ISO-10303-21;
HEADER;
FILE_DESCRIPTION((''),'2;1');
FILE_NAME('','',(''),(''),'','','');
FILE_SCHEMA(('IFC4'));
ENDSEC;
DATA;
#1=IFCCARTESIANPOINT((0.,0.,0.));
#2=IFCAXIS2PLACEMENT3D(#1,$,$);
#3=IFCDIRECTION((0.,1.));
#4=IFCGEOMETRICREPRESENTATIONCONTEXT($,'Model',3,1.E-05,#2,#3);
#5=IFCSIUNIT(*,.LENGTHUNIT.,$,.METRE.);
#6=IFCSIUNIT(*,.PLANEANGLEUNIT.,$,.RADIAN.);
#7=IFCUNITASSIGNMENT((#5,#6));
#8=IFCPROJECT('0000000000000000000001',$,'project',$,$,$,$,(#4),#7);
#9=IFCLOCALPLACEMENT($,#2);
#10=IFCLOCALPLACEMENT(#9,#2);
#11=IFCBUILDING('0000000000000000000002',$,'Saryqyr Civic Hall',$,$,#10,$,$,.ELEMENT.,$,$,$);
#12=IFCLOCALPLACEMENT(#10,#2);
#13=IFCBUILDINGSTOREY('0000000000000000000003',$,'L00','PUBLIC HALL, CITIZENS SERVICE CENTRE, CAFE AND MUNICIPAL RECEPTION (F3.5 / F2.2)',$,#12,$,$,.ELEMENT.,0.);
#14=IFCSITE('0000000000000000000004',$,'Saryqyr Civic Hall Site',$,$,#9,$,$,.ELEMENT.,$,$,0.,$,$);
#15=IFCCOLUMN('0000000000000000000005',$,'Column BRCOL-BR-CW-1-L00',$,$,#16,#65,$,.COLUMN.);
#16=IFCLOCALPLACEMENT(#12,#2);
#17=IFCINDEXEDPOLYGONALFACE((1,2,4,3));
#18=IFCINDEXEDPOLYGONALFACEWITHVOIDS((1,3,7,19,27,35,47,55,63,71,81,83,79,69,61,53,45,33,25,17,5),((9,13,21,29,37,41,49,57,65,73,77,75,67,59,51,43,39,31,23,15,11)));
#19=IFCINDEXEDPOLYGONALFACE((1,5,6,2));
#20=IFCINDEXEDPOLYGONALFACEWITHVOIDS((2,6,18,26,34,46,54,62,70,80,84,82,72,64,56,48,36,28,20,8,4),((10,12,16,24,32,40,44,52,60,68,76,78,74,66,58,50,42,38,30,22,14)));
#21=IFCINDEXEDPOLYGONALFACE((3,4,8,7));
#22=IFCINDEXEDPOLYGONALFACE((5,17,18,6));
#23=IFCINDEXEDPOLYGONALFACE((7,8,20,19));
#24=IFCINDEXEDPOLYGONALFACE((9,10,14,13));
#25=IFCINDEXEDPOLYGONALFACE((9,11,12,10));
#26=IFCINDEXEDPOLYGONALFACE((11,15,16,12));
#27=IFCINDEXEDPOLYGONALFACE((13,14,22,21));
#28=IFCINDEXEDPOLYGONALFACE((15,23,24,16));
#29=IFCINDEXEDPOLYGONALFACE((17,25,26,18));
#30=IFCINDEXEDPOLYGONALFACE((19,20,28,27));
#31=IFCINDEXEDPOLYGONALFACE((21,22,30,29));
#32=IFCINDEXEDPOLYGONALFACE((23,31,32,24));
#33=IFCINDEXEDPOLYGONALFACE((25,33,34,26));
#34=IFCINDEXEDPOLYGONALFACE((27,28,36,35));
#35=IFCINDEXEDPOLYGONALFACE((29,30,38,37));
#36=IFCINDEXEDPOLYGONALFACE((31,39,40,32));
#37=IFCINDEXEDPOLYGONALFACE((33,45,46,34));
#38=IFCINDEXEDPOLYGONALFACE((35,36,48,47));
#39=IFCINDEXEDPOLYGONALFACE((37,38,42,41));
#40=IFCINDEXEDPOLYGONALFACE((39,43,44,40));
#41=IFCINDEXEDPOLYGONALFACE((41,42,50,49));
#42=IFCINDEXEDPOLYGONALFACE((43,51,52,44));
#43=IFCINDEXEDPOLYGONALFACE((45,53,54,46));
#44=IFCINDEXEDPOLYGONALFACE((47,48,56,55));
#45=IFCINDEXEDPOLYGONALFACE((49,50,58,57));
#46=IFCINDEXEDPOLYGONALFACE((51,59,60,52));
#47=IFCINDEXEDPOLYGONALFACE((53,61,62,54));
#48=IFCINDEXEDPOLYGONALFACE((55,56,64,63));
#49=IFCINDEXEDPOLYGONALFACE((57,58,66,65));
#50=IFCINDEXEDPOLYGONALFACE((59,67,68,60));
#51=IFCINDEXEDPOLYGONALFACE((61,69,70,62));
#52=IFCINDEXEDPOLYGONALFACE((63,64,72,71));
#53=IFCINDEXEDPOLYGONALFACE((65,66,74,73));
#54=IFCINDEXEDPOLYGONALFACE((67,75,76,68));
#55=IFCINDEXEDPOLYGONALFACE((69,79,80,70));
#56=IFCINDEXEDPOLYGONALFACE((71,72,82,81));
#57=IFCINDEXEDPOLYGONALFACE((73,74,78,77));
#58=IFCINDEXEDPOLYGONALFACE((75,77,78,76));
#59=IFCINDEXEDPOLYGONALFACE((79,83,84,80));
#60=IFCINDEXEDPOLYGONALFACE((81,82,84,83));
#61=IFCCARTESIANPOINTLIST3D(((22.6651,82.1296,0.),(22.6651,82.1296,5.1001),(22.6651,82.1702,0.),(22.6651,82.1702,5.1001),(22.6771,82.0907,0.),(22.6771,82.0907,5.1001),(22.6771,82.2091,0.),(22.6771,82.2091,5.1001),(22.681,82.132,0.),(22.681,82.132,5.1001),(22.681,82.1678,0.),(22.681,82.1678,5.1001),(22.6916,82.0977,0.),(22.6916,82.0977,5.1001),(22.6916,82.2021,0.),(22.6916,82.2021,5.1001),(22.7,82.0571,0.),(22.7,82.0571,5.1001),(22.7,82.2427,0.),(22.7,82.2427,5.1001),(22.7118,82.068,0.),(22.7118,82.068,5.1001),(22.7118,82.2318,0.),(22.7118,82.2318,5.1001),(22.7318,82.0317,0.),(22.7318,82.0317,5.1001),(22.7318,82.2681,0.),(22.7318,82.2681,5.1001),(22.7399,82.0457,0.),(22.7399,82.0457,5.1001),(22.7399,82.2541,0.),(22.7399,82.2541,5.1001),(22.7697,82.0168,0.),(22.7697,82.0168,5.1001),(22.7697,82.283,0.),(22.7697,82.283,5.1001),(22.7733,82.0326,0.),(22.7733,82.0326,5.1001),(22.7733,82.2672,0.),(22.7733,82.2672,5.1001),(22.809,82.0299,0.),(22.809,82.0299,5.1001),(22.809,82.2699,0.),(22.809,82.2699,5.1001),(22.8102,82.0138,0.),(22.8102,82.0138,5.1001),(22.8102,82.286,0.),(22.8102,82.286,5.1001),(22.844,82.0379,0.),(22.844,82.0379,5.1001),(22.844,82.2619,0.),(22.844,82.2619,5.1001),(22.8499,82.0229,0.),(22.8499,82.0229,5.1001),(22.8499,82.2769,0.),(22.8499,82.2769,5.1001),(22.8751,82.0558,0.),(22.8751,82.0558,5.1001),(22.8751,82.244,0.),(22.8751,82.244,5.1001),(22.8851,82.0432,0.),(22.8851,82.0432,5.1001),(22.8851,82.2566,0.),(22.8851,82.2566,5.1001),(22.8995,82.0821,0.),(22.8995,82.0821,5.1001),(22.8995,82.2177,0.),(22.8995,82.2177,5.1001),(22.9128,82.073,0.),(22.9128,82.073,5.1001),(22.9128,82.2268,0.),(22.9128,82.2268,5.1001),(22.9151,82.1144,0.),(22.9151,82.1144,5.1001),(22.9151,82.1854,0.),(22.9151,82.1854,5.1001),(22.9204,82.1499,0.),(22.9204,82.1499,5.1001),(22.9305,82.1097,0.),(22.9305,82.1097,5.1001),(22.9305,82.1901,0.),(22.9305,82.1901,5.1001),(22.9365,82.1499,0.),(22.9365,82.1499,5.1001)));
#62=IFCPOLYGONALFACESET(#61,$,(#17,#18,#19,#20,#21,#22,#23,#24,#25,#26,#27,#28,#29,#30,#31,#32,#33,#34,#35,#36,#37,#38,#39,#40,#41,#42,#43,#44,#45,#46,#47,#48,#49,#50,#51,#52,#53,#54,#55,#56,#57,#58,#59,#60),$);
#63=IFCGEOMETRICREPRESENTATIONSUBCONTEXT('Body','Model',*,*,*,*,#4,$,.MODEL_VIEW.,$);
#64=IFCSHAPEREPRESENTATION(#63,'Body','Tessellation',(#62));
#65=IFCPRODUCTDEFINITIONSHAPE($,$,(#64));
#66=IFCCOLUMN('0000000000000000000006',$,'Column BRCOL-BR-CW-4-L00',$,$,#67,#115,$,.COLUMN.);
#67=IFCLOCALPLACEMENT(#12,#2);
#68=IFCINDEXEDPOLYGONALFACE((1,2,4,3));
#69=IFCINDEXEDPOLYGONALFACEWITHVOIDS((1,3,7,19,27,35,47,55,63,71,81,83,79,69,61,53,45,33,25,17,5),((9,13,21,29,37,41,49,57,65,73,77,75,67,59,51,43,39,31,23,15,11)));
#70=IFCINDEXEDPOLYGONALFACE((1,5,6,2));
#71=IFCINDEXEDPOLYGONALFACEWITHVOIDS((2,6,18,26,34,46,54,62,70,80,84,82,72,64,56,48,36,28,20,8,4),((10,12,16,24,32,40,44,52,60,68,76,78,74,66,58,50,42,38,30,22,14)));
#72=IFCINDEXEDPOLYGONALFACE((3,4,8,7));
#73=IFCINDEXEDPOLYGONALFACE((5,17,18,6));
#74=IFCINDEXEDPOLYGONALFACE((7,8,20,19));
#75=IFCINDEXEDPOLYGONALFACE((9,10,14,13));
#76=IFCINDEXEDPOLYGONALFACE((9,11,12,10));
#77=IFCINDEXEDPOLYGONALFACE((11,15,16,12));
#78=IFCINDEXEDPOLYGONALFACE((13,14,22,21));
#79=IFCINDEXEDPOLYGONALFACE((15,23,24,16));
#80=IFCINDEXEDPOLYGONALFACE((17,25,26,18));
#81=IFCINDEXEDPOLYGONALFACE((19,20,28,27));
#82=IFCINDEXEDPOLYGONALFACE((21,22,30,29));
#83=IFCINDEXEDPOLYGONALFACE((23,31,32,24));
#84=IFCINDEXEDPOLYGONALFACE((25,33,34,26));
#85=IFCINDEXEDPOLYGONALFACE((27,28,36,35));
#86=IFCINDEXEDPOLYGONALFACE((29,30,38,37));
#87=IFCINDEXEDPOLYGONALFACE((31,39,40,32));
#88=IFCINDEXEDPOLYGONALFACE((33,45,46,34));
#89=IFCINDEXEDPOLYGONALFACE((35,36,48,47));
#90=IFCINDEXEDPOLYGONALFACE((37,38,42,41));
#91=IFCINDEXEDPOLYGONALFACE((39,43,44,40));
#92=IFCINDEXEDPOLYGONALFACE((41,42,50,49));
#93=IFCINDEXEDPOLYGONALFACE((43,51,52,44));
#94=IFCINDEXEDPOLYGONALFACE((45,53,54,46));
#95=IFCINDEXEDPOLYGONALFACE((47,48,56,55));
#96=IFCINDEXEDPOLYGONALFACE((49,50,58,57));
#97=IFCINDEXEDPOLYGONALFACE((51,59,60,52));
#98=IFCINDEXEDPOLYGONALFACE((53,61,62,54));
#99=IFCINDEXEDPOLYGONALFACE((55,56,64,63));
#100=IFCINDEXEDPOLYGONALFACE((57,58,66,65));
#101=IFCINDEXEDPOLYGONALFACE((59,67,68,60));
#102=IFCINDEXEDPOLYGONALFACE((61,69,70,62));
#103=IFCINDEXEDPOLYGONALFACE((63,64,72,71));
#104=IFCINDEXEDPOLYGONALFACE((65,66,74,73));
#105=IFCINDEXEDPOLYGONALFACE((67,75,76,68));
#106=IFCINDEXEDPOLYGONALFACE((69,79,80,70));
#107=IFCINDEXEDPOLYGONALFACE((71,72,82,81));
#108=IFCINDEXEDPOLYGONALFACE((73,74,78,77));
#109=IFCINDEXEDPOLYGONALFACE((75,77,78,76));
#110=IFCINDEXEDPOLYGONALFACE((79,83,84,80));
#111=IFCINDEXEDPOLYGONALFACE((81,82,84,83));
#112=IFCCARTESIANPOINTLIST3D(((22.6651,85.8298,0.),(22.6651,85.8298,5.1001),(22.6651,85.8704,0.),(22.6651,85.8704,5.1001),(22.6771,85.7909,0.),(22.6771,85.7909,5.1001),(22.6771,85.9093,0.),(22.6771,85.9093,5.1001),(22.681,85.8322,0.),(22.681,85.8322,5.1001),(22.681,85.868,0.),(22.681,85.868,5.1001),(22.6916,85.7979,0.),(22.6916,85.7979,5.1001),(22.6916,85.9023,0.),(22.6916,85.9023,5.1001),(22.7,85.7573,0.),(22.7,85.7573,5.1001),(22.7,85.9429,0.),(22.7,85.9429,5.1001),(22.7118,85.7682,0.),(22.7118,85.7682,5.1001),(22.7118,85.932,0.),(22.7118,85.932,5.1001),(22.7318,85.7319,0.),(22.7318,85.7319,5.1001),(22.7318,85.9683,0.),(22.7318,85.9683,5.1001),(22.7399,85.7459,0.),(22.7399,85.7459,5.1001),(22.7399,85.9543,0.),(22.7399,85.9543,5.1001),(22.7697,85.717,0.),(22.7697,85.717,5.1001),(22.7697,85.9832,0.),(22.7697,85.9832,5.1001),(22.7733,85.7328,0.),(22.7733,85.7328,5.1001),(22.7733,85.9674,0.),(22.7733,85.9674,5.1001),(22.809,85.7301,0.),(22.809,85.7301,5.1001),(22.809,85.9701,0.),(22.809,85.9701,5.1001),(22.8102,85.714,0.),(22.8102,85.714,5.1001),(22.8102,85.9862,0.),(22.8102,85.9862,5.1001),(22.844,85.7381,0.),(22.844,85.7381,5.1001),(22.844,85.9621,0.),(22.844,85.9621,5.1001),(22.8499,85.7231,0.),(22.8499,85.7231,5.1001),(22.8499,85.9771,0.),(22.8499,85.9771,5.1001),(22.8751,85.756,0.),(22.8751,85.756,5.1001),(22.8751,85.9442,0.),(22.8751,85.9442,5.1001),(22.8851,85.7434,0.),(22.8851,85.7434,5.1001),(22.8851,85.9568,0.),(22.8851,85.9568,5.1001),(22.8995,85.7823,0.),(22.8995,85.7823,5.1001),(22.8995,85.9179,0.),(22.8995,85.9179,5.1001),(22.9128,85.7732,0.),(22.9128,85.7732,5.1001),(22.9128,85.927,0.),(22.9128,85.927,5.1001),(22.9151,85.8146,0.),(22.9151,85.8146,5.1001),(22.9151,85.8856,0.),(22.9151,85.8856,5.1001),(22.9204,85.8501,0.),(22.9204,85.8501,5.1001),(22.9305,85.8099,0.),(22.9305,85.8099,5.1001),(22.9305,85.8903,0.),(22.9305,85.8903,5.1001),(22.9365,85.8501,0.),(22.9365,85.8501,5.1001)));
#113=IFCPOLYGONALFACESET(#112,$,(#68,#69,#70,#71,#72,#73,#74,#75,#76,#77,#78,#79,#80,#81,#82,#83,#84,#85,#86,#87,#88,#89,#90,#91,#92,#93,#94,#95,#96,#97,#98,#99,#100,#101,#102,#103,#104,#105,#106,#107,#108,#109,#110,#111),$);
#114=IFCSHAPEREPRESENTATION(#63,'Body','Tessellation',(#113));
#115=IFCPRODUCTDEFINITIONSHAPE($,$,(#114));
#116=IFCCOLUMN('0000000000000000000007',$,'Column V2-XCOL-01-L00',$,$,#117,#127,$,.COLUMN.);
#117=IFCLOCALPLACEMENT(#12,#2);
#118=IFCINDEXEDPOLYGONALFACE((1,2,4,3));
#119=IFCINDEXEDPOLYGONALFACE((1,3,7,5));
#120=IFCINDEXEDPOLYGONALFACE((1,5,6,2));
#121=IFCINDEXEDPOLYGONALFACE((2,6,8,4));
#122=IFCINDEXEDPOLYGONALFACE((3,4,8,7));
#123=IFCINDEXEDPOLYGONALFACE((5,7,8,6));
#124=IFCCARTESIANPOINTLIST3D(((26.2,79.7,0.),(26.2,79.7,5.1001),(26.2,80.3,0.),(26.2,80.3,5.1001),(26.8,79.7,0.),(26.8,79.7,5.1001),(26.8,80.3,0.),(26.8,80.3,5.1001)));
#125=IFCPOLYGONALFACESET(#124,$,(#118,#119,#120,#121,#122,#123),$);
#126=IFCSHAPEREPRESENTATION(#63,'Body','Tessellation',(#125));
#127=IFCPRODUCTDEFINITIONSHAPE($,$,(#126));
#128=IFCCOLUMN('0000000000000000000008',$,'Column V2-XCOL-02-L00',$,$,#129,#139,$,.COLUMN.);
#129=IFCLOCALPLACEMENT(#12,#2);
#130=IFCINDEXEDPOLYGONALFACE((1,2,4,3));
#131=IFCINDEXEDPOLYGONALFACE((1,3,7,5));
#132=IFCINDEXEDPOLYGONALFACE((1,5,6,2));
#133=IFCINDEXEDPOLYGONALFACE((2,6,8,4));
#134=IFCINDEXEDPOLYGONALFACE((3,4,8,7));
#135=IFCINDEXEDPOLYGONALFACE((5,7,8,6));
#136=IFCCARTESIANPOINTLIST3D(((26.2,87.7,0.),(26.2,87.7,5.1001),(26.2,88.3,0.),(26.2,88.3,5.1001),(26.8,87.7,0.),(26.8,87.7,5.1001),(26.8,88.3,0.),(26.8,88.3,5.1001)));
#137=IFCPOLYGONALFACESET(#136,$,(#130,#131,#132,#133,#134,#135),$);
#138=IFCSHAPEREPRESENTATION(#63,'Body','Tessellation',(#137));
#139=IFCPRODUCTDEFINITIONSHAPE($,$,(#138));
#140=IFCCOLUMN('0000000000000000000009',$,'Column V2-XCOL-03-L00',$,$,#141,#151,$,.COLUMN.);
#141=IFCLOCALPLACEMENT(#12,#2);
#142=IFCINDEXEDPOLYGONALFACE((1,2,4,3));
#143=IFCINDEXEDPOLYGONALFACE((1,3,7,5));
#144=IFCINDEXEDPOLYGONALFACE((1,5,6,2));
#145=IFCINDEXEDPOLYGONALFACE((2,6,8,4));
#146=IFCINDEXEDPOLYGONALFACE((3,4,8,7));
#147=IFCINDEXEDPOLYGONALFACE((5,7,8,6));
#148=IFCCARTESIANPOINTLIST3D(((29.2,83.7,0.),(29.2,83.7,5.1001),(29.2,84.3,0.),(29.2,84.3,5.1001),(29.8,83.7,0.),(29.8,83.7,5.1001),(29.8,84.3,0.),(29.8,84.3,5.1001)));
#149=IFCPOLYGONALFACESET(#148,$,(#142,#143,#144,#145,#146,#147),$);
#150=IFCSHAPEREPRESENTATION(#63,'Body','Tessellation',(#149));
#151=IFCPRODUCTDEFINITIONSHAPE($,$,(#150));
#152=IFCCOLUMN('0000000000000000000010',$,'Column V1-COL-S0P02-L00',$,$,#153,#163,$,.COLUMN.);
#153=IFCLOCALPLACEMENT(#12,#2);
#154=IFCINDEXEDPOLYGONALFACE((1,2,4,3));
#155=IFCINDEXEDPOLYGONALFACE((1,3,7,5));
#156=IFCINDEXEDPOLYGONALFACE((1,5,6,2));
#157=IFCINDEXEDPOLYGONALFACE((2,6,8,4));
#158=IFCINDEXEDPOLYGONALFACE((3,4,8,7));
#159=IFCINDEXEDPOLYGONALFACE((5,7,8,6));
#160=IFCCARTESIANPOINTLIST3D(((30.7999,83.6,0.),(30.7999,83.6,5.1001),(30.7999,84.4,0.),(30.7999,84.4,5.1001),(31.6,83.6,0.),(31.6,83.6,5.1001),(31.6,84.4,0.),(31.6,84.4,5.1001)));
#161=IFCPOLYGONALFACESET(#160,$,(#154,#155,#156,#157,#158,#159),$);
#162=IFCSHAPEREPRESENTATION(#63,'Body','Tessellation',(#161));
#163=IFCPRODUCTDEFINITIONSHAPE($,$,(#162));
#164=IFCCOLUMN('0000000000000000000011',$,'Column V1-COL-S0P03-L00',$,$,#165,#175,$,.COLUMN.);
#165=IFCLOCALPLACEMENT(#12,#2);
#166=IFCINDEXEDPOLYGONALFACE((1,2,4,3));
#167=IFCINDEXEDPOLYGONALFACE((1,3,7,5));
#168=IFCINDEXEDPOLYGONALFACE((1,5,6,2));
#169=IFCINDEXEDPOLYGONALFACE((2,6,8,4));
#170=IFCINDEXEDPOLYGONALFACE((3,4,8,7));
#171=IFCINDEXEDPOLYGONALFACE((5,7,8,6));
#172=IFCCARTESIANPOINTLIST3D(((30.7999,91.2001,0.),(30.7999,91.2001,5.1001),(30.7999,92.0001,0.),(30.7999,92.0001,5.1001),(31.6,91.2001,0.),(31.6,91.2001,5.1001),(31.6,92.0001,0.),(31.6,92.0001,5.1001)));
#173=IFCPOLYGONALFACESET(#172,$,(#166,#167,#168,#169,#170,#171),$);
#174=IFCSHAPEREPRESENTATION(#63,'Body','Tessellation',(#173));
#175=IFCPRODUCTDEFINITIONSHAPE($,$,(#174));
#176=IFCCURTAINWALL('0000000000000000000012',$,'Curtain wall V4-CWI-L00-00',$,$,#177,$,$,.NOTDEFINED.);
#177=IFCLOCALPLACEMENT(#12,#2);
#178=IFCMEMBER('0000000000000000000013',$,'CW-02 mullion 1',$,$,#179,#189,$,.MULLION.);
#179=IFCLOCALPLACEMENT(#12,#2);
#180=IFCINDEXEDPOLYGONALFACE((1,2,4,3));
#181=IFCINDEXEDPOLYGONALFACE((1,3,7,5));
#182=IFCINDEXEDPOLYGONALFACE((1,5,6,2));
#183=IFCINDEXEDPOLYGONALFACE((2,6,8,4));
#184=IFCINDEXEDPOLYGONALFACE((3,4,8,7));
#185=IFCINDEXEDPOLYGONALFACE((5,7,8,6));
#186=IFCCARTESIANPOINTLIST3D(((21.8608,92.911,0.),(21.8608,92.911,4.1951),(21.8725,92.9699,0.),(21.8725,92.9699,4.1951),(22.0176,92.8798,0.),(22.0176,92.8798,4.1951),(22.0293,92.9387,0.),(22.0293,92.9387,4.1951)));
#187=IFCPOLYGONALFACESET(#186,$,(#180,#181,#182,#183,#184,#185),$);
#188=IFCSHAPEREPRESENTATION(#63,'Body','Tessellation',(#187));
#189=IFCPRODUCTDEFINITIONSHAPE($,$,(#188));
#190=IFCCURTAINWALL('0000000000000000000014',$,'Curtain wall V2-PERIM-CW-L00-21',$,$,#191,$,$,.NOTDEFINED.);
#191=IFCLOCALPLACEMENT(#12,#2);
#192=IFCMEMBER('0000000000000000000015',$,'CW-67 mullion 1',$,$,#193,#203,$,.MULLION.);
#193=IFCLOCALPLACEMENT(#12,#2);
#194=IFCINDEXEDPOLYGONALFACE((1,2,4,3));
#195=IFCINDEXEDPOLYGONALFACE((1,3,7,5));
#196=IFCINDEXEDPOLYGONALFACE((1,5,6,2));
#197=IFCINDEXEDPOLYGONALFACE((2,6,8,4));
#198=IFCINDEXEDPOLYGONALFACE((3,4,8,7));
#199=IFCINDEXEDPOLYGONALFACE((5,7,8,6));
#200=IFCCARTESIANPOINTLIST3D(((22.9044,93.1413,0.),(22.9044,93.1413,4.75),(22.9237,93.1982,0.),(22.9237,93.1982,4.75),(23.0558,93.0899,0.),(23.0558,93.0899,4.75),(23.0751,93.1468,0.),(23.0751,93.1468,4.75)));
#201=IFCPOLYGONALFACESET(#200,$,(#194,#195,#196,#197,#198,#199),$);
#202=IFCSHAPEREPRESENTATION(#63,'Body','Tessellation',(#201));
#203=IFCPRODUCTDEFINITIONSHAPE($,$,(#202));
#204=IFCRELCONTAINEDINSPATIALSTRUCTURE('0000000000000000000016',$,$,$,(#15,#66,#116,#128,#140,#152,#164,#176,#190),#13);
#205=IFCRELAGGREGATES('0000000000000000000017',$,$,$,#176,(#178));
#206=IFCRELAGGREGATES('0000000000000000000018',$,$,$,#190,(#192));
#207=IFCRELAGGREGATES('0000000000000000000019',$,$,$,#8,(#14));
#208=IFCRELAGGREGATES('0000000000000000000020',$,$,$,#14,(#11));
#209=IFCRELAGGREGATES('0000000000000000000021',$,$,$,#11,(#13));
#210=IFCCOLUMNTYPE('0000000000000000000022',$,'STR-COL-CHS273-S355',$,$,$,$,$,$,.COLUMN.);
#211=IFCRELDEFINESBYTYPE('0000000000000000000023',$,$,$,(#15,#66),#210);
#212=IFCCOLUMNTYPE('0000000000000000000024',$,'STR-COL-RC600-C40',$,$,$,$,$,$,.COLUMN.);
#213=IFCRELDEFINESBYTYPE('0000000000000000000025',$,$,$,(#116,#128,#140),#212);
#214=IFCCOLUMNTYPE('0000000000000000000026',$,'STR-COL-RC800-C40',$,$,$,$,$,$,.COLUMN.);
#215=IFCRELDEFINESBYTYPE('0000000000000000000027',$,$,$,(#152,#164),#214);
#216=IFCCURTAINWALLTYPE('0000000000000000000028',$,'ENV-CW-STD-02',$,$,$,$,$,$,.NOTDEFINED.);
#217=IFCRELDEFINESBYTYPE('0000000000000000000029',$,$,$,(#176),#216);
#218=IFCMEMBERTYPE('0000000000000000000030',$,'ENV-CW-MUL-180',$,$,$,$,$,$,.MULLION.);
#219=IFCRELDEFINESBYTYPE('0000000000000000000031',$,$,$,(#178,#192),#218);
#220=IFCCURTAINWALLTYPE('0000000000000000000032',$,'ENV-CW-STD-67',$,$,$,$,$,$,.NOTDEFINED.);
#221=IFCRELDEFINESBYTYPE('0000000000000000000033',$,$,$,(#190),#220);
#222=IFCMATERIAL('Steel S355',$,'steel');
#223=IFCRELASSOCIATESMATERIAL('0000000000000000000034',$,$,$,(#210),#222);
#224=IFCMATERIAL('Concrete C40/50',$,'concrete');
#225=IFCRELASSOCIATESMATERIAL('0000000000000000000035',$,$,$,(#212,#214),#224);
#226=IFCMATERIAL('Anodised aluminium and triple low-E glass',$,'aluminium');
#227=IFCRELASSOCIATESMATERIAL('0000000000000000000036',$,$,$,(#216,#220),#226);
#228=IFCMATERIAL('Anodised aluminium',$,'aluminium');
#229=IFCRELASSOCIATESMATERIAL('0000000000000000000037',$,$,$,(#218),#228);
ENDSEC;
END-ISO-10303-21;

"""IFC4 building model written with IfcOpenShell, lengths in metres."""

from ifc_helpers import new_model, si_unit, direction, frame, origin, origin_2d, place, context, subcontext, project, spatial, rectangle, hollow_circle, extrude, material, material_profile, profile_set, type_object, element, aggregate, save


model = new_model("IFC4")

# Units and contexts
model_context = context("Model", 3, precision=1e-05, world=origin(), true_north=direction((0.0, 1.0)))
body_context = subcontext(model_context, "Body", "Model", "MODEL_VIEW")
ifc_project = project(units=[si_unit("LENGTHUNIT", "METRE"), si_unit("PLANEANGLEUNIT", "RADIAN")], contexts=[model_context])

# Site, building, storey
site_placement = place(None, origin())
site = spatial("IfcSite", under=ifc_project, at=site_placement, Name="Saryqyr Civic Hall Site", CompositionType="ELEMENT", RefElevation=0.0)
building_placement = place(site_placement, origin())
building = spatial("IfcBuilding", under=site, at=building_placement, Name="Saryqyr Civic Hall", CompositionType="ELEMENT")
storey_placement = place(building_placement, origin())
storey = spatial("IfcBuildingStorey", under=building, at=storey_placement, Name="L00", Description="PUBLIC HALL, CITIZENS SERVICE CENTRE, CAFE AND MUNICIPAL RECEPTION (F3.5 / F2.2)", CompositionType="ELEMENT", Elevation=0.0)

# Columns
ifc_material_1 = material(Name="Steel S355", Category="steel")
ifc_material_profile_1 = material_profile(ifc_material_1, hollow_circle(Radius=0.1365, WallThickness=0.0161, at=origin_2d()), Name="CHS 273x16")
ifc_profile_set_1 = profile_set([ifc_material_profile_1], Name="Steel S355")
column_type_1 = type_object("IfcColumnType", Name="STR-COL-CHS273-S355", PredefinedType="COLUMN", material=ifc_profile_set_1)
for number, where, z_axis, x_axis, name in (
    (1, (22.8, 82.1499, 0.0), (0.0, 0.0, 1.0), (1.0, 0.0, 0.0), "Column BRCOL-BR-CW-1-L00"),
    (2, (22.8, 85.8501, 0.0), (0.0, 0.0, 1.0), (1.0, 0.0, 0.0), "Column BRCOL-BR-CW-4-L00"),
):
    element("IfcColumn", number, at=place(storey_placement, frame(where, z_axis=z_axis, x_axis=x_axis)), inside=storey, type_object=column_type_1, Name=name, PredefinedType="COLUMN", context=body_context, shape_type="SweptSolid", body=[
        extrude(hollow_circle(Radius=0.1365, WallThickness=0.0161, at=origin_2d()), origin(), (0.0, 0.0, 1.0), 5.1001),
    ])
ifc_material_2 = material(Name="Concrete C40/50", Category="concrete")
ifc_material_profile_2 = material_profile(ifc_material_2, rectangle(XDim=0.6001, YDim=0.6001, at=origin_2d()), Name="RC 600x600")
ifc_profile_set_2 = profile_set([ifc_material_profile_2], Name="Concrete C40/50")
column_type_2 = type_object("IfcColumnType", Name="STR-COL-RC600-C40", PredefinedType="COLUMN", material=ifc_profile_set_2)
for number, where, z_axis, x_axis, name in (
    (3, (26.5, 80.0, 0.0), (0.0, 0.0, 1.0), (1.0, 0.0, 0.0), "Column V2-XCOL-01-L00"),
    (4, (26.5, 88.0, 0.0), (0.0, 0.0, 1.0), (1.0, 0.0, 0.0), "Column V2-XCOL-02-L00"),
    (5, (29.5, 84.0, 0.0), (0.0, 0.0, 1.0), (1.0, 0.0, 0.0), "Column V2-XCOL-03-L00"),
):
    element("IfcColumn", number, at=place(storey_placement, frame(where, z_axis=z_axis, x_axis=x_axis)), inside=storey, type_object=column_type_2, Name=name, PredefinedType="COLUMN", context=body_context, shape_type="SweptSolid", body=[
        extrude(rectangle(XDim=0.6001, YDim=0.6001, at=origin_2d()), origin(), (0.0, 0.0, 1.0), 5.1001),
    ])
ifc_material_profile_3 = material_profile(ifc_material_2, rectangle(XDim=0.8, YDim=0.8, at=origin_2d()), Name="RC 800x800")
ifc_profile_set_3 = profile_set([ifc_material_profile_3], Name="Concrete C40/50")
column_type_3 = type_object("IfcColumnType", Name="STR-COL-RC800-C40", PredefinedType="COLUMN", material=ifc_profile_set_3)
for number, where, z_axis, x_axis, name in (
    (6, (31.2, 84.0, 0.0), (0.0, 0.0, 1.0), (1.0, 0.0, 0.0), "Column V1-COL-S0P02-L00"),
    (7, (31.2, 91.6001, 0.0), (0.0, 0.0, 1.0), (1.0, 0.0, 0.0), "Column V1-COL-S0P03-L00"),
):
    element("IfcColumn", number, at=place(storey_placement, frame(where, z_axis=z_axis, x_axis=x_axis)), inside=storey, type_object=column_type_3, Name=name, PredefinedType="COLUMN", context=body_context, shape_type="SweptSolid", body=[
        extrude(rectangle(XDim=0.8, YDim=0.8, at=origin_2d()), origin(), (0.0, 0.0, 1.0), 5.1001),
    ])

# Curtain wall, member
ifc_material_3 = material(Name="Anodised aluminium and triple low-E glass", Category="aluminium")
curtain_wall_type_1 = type_object("IfcCurtainWallType", Name="ENV-CW-STD-02", PredefinedType="NOTDEFINED", material=ifc_material_3)
curtain_wall_1_placement = place(storey_placement, origin())
curtain_wall_1 = element("IfcCurtainWall", 8, at=curtain_wall_1_placement, inside=storey, type_object=curtain_wall_type_1, Name="Curtain wall V4-CWI-L00-00", PredefinedType="NOTDEFINED")
ifc_material_4 = material(Name="Anodised aluminium", Category="aluminium")
ifc_material_profile_4 = material_profile(ifc_material_4, rectangle(XDim=0.0601, YDim=0.1599, at=origin_2d()), Name="ALU MULLION 60x160")
ifc_profile_set_4 = profile_set([ifc_material_profile_4], Name="Anodised aluminium")
member_type_1 = type_object("IfcMemberType", Name="ENV-CW-MUL-180", PredefinedType="MULLION", material=ifc_profile_set_4)
member_1_placement = place(storey_placement, frame((21.9451, 92.9248, 0.0), z_axis=(0.0, 0.0, 1.0), x_axis=(-0.195117, -0.98078, 0.0)))
member_1 = element("IfcMember", 9, at=member_1_placement, type_object=member_type_1, Name="CW-02 mullion 1", PredefinedType="MULLION", context=body_context, shape_type="SweptSolid", body=[
    extrude(rectangle(XDim=0.0601, YDim=0.1599, at=origin_2d()), origin(), (0.0, 0.0, 1.0), 4.1951),
])

# Curtain wall, member
curtain_wall_type_2 = type_object("IfcCurtainWallType", Name="ENV-CW-STD-67", PredefinedType="NOTDEFINED", material=ifc_material_3)
curtain_wall_2_placement = place(storey_placement, origin())
curtain_wall_2 = element("IfcCurtainWall", 10, at=curtain_wall_2_placement, inside=storey, type_object=curtain_wall_type_2, Name="Curtain wall V2-PERIM-CW-L00-21", PredefinedType="NOTDEFINED")
member_2_placement = place(storey_placement, frame((22.9897, 93.144, 0.0), z_axis=(0.0, 0.0, 1.0), x_axis=(0.321445, 0.946928, 0.0)))
member_2 = element("IfcMember", 11, at=member_2_placement, type_object=member_type_1, Name="CW-67 mullion 1", PredefinedType="MULLION", context=body_context, shape_type="SweptSolid", body=[
    extrude(rectangle(XDim=0.0601, YDim=0.1599, at=origin_2d()), origin(), (0.0, 0.0, 1.0), 4.75),
])

aggregate(curtain_wall_1, [member_1])
aggregate(curtain_wall_2, [member_2])

save(model, "model.ifc")
